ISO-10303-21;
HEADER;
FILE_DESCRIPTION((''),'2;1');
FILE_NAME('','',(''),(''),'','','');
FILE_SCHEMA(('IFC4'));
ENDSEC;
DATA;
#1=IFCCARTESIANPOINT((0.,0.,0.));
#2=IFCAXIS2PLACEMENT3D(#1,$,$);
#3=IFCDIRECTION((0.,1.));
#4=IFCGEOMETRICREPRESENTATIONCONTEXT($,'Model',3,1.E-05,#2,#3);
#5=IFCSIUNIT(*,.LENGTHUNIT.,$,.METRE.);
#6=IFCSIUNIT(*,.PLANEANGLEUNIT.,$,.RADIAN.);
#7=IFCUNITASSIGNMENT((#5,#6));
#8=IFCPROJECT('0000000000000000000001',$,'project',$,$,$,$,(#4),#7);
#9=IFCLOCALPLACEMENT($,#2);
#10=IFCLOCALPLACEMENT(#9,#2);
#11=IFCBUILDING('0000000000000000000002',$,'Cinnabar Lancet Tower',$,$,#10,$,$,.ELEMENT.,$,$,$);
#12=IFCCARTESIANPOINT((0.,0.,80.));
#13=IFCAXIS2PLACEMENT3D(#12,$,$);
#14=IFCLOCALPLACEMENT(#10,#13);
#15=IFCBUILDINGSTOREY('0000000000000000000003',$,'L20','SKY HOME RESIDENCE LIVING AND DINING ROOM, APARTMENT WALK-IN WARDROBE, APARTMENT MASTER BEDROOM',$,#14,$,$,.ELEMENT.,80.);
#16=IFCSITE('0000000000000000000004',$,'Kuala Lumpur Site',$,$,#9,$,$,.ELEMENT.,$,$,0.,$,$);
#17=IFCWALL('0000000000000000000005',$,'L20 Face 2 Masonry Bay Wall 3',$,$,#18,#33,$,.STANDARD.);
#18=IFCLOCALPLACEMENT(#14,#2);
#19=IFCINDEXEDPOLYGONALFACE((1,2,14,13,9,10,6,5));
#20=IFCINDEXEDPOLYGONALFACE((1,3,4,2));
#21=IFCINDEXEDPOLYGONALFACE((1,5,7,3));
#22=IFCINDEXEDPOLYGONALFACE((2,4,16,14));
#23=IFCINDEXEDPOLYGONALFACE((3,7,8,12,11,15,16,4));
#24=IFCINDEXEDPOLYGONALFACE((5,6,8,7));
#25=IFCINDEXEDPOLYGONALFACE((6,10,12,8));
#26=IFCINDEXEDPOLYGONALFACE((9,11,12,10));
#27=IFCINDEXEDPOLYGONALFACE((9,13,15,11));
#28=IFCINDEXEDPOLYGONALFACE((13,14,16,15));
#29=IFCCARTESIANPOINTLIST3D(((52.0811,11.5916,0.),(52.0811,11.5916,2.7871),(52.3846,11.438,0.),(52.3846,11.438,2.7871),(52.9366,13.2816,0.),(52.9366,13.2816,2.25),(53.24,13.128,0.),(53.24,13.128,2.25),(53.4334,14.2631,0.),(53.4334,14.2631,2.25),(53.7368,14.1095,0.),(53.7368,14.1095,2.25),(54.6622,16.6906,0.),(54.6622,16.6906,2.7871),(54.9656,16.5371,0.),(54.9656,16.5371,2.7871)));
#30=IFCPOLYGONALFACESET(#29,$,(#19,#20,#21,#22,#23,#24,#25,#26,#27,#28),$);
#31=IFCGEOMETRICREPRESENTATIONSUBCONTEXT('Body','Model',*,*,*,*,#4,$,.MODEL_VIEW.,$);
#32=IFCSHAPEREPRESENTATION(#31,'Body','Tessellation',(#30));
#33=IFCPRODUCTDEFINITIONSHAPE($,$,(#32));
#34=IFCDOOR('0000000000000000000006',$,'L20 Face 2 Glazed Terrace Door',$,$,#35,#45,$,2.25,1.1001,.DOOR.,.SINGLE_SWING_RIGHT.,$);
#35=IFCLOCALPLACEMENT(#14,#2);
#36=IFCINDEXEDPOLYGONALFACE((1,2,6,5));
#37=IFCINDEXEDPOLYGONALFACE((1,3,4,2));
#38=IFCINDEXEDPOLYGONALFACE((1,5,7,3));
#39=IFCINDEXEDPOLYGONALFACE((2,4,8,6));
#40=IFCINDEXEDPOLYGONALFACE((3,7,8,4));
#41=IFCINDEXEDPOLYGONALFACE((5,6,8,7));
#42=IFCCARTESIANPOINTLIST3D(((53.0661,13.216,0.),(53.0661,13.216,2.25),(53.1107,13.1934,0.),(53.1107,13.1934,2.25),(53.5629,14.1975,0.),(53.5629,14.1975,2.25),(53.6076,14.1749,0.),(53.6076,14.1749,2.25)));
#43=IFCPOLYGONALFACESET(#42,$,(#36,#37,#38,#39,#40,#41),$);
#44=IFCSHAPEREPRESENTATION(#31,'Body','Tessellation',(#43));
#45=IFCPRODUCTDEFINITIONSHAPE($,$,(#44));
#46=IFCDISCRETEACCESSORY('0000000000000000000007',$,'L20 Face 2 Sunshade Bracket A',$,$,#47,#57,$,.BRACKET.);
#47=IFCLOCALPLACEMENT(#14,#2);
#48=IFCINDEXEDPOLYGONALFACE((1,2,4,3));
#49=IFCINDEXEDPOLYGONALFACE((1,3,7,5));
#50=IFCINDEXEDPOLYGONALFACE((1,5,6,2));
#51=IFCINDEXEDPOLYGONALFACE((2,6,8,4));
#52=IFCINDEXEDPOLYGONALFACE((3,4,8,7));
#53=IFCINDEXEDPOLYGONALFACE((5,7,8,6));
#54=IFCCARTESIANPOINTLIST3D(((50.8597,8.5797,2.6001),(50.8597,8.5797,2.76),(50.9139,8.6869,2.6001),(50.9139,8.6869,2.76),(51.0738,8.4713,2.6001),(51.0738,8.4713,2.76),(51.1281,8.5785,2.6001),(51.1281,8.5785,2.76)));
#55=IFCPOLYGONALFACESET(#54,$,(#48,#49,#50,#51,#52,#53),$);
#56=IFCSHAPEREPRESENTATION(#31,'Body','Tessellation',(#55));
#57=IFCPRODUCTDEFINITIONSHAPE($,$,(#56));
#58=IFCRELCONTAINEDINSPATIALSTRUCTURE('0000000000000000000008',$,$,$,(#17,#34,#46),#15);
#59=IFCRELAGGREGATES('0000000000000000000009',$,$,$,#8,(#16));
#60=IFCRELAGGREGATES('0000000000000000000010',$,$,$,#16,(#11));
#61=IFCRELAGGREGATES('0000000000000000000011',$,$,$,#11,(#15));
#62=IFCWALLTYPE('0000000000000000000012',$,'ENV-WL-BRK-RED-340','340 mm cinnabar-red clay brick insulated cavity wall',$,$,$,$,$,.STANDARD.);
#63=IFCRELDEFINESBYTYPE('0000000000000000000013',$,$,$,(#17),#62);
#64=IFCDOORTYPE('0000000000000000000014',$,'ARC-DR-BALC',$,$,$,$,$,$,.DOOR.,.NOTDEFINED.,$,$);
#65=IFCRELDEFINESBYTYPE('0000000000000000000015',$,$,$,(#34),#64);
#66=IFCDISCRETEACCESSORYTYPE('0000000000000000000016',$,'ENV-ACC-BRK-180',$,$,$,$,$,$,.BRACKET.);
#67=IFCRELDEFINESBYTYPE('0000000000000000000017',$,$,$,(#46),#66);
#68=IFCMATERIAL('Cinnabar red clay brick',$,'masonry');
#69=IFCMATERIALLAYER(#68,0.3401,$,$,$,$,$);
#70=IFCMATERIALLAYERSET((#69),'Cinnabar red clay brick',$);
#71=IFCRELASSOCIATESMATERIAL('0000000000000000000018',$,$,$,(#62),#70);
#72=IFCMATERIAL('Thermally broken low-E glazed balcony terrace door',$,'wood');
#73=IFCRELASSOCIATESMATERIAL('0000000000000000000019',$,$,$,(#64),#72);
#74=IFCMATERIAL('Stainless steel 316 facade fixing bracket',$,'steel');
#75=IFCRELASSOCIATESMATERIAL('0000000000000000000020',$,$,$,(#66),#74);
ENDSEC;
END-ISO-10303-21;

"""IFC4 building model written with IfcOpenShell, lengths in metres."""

from ifc_helpers import new_model, si_unit, direction, frame, frame_2d, origin, origin_2d, place, context, subcontext, project, spatial, rectangle, extrude, material, layer, layer_set, type_object, element, fill, save


model = new_model("IFC4")

# Units and contexts
model_context = context("Model", 3, precision=1e-05, world=origin(), true_north=direction((0.0, 1.0)))
body_context = subcontext(model_context, "Body", "Model", "MODEL_VIEW")
ifc_project = project(units=[si_unit("LENGTHUNIT", "METRE"), si_unit("PLANEANGLEUNIT", "RADIAN")], contexts=[model_context])

# Site, building, storey
site_placement = place(None, origin())
site = spatial("IfcSite", under=ifc_project, at=site_placement, Name="Kuala Lumpur Site", CompositionType="ELEMENT", RefElevation=0.0)
building_placement = place(site_placement, origin())
building = spatial("IfcBuilding", under=site, at=building_placement, Name="Cinnabar Lancet Tower", CompositionType="ELEMENT")
storey_placement = place(building_placement, frame((0.0, 0.0, 80.0)))
storey = spatial("IfcBuildingStorey", under=building, at=storey_placement, Name="L20", Description="SKY HOME RESIDENCE LIVING AND DINING ROOM, APARTMENT WALK-IN WARDROBE, APARTMENT MASTER BEDROOM", CompositionType="ELEMENT", Elevation=80.0)

# Shared definitions
ifc_material_1 = material(Name="Cinnabar red clay brick", Category="masonry")
ifc_layer_1 = layer(ifc_material_1, 0.3401)
ifc_layer_set_1 = layer_set([ifc_layer_1], Name="Cinnabar red clay brick")
wall_type_1 = type_object("IfcWallType", Name="ENV-WL-BRK-RED-340", Description="340 mm cinnabar-red clay brick insulated cavity wall", PredefinedType="STANDARD", material=ifc_layer_set_1)

# Wall, opening, door
wall_1_placement = place(storey_placement, frame((52.2329, 11.5149, 0.0), z_axis=(0.0, 0.0, 1.0), x_axis=(0.451617, 0.892212, 0.0)))
wall_1 = element("IfcWall", 1, at=wall_1_placement, inside=storey, type_object=wall_type_1, Name="L20 Face 2 Masonry Bay Wall 3", PredefinedType="STANDARD", context=body_context, shape_type="SweptSolid", body=[
    extrude(rectangle(XDim=5.7151, YDim=0.3401, at=frame_2d((2.8574, 0.0))), origin(), (0.0, 0.0, 1.0), 2.7871),
])
opening_1_placement = place(wall_1_placement, frame((1.894, 0.0, 0.0)))
opening_1 = element("IfcOpeningElement", 2, at=opening_1_placement, cuts=wall_1, PredefinedType="OPENING", context=body_context, shape_type="SweptSolid", body=[
    extrude(rectangle(XDim=1.1001, YDim=2.25, at=frame_2d((0.55, 1.125))), frame((0.0, 0.1799, 0.0), z_axis=(0.0, -1.0, 0.0), x_axis=(1.0, 0.0, 0.0)), (0.0, 0.0, 1.0), 0.3601),
])
ifc_material_2 = material(Name="Thermally broken low-E glazed balcony terrace door", Category="wood")
door_type = type_object("IfcDoorType", Name="ARC-DR-BALC", OperationType="NOTDEFINED", PredefinedType="DOOR", material=ifc_material_2)
door_placement = place(opening_1_placement, origin())
door = element("IfcDoor", 3, at=door_placement, inside=storey, type_object=door_type, Name="L20 Face 2 Glazed Terrace Door", OperationType="SINGLE_SWING_RIGHT", OverallHeight=2.25, OverallWidth=1.1001, PredefinedType="DOOR", context=body_context, shape_type="SweptSolid", body=[
    extrude(rectangle(XDim=1.1001, YDim=2.25, at=frame_2d((0.55, 1.125))), frame((0.0, 0.0249, 0.0), z_axis=(0.0, -1.0, 0.0), x_axis=(1.0, 0.0, 0.0)), (0.0, 0.0, 1.0), 0.05),
])
fill(opening_1, door)

# Discrete accessory
ifc_material_3 = material(Name="Stainless steel 316 facade fixing bracket", Category="steel")
discrete_accessory_type = type_object("IfcDiscreteAccessoryType", Name="ENV-ACC-BRK-180", PredefinedType="BRACKET", material=ifc_material_3)
discrete_accessory_placement = place(storey_placement, frame((50.9939, 8.5791, 2.6001), z_axis=(0.0, 0.0, 1.0), x_axis=(0.451501, 0.892271, 0.0)))
element("IfcDiscreteAccessory", 4, at=discrete_accessory_placement, inside=storey, type_object=discrete_accessory_type, Name="L20 Face 2 Sunshade Bracket A", PredefinedType="BRACKET", context=body_context, shape_type="SweptSolid", body=[
    extrude(rectangle(XDim=0.1201, YDim=0.24, at=origin_2d()), origin(), (0.0, 0.0, 1.0), 0.1599),
])

save(model, "model.ifc")
